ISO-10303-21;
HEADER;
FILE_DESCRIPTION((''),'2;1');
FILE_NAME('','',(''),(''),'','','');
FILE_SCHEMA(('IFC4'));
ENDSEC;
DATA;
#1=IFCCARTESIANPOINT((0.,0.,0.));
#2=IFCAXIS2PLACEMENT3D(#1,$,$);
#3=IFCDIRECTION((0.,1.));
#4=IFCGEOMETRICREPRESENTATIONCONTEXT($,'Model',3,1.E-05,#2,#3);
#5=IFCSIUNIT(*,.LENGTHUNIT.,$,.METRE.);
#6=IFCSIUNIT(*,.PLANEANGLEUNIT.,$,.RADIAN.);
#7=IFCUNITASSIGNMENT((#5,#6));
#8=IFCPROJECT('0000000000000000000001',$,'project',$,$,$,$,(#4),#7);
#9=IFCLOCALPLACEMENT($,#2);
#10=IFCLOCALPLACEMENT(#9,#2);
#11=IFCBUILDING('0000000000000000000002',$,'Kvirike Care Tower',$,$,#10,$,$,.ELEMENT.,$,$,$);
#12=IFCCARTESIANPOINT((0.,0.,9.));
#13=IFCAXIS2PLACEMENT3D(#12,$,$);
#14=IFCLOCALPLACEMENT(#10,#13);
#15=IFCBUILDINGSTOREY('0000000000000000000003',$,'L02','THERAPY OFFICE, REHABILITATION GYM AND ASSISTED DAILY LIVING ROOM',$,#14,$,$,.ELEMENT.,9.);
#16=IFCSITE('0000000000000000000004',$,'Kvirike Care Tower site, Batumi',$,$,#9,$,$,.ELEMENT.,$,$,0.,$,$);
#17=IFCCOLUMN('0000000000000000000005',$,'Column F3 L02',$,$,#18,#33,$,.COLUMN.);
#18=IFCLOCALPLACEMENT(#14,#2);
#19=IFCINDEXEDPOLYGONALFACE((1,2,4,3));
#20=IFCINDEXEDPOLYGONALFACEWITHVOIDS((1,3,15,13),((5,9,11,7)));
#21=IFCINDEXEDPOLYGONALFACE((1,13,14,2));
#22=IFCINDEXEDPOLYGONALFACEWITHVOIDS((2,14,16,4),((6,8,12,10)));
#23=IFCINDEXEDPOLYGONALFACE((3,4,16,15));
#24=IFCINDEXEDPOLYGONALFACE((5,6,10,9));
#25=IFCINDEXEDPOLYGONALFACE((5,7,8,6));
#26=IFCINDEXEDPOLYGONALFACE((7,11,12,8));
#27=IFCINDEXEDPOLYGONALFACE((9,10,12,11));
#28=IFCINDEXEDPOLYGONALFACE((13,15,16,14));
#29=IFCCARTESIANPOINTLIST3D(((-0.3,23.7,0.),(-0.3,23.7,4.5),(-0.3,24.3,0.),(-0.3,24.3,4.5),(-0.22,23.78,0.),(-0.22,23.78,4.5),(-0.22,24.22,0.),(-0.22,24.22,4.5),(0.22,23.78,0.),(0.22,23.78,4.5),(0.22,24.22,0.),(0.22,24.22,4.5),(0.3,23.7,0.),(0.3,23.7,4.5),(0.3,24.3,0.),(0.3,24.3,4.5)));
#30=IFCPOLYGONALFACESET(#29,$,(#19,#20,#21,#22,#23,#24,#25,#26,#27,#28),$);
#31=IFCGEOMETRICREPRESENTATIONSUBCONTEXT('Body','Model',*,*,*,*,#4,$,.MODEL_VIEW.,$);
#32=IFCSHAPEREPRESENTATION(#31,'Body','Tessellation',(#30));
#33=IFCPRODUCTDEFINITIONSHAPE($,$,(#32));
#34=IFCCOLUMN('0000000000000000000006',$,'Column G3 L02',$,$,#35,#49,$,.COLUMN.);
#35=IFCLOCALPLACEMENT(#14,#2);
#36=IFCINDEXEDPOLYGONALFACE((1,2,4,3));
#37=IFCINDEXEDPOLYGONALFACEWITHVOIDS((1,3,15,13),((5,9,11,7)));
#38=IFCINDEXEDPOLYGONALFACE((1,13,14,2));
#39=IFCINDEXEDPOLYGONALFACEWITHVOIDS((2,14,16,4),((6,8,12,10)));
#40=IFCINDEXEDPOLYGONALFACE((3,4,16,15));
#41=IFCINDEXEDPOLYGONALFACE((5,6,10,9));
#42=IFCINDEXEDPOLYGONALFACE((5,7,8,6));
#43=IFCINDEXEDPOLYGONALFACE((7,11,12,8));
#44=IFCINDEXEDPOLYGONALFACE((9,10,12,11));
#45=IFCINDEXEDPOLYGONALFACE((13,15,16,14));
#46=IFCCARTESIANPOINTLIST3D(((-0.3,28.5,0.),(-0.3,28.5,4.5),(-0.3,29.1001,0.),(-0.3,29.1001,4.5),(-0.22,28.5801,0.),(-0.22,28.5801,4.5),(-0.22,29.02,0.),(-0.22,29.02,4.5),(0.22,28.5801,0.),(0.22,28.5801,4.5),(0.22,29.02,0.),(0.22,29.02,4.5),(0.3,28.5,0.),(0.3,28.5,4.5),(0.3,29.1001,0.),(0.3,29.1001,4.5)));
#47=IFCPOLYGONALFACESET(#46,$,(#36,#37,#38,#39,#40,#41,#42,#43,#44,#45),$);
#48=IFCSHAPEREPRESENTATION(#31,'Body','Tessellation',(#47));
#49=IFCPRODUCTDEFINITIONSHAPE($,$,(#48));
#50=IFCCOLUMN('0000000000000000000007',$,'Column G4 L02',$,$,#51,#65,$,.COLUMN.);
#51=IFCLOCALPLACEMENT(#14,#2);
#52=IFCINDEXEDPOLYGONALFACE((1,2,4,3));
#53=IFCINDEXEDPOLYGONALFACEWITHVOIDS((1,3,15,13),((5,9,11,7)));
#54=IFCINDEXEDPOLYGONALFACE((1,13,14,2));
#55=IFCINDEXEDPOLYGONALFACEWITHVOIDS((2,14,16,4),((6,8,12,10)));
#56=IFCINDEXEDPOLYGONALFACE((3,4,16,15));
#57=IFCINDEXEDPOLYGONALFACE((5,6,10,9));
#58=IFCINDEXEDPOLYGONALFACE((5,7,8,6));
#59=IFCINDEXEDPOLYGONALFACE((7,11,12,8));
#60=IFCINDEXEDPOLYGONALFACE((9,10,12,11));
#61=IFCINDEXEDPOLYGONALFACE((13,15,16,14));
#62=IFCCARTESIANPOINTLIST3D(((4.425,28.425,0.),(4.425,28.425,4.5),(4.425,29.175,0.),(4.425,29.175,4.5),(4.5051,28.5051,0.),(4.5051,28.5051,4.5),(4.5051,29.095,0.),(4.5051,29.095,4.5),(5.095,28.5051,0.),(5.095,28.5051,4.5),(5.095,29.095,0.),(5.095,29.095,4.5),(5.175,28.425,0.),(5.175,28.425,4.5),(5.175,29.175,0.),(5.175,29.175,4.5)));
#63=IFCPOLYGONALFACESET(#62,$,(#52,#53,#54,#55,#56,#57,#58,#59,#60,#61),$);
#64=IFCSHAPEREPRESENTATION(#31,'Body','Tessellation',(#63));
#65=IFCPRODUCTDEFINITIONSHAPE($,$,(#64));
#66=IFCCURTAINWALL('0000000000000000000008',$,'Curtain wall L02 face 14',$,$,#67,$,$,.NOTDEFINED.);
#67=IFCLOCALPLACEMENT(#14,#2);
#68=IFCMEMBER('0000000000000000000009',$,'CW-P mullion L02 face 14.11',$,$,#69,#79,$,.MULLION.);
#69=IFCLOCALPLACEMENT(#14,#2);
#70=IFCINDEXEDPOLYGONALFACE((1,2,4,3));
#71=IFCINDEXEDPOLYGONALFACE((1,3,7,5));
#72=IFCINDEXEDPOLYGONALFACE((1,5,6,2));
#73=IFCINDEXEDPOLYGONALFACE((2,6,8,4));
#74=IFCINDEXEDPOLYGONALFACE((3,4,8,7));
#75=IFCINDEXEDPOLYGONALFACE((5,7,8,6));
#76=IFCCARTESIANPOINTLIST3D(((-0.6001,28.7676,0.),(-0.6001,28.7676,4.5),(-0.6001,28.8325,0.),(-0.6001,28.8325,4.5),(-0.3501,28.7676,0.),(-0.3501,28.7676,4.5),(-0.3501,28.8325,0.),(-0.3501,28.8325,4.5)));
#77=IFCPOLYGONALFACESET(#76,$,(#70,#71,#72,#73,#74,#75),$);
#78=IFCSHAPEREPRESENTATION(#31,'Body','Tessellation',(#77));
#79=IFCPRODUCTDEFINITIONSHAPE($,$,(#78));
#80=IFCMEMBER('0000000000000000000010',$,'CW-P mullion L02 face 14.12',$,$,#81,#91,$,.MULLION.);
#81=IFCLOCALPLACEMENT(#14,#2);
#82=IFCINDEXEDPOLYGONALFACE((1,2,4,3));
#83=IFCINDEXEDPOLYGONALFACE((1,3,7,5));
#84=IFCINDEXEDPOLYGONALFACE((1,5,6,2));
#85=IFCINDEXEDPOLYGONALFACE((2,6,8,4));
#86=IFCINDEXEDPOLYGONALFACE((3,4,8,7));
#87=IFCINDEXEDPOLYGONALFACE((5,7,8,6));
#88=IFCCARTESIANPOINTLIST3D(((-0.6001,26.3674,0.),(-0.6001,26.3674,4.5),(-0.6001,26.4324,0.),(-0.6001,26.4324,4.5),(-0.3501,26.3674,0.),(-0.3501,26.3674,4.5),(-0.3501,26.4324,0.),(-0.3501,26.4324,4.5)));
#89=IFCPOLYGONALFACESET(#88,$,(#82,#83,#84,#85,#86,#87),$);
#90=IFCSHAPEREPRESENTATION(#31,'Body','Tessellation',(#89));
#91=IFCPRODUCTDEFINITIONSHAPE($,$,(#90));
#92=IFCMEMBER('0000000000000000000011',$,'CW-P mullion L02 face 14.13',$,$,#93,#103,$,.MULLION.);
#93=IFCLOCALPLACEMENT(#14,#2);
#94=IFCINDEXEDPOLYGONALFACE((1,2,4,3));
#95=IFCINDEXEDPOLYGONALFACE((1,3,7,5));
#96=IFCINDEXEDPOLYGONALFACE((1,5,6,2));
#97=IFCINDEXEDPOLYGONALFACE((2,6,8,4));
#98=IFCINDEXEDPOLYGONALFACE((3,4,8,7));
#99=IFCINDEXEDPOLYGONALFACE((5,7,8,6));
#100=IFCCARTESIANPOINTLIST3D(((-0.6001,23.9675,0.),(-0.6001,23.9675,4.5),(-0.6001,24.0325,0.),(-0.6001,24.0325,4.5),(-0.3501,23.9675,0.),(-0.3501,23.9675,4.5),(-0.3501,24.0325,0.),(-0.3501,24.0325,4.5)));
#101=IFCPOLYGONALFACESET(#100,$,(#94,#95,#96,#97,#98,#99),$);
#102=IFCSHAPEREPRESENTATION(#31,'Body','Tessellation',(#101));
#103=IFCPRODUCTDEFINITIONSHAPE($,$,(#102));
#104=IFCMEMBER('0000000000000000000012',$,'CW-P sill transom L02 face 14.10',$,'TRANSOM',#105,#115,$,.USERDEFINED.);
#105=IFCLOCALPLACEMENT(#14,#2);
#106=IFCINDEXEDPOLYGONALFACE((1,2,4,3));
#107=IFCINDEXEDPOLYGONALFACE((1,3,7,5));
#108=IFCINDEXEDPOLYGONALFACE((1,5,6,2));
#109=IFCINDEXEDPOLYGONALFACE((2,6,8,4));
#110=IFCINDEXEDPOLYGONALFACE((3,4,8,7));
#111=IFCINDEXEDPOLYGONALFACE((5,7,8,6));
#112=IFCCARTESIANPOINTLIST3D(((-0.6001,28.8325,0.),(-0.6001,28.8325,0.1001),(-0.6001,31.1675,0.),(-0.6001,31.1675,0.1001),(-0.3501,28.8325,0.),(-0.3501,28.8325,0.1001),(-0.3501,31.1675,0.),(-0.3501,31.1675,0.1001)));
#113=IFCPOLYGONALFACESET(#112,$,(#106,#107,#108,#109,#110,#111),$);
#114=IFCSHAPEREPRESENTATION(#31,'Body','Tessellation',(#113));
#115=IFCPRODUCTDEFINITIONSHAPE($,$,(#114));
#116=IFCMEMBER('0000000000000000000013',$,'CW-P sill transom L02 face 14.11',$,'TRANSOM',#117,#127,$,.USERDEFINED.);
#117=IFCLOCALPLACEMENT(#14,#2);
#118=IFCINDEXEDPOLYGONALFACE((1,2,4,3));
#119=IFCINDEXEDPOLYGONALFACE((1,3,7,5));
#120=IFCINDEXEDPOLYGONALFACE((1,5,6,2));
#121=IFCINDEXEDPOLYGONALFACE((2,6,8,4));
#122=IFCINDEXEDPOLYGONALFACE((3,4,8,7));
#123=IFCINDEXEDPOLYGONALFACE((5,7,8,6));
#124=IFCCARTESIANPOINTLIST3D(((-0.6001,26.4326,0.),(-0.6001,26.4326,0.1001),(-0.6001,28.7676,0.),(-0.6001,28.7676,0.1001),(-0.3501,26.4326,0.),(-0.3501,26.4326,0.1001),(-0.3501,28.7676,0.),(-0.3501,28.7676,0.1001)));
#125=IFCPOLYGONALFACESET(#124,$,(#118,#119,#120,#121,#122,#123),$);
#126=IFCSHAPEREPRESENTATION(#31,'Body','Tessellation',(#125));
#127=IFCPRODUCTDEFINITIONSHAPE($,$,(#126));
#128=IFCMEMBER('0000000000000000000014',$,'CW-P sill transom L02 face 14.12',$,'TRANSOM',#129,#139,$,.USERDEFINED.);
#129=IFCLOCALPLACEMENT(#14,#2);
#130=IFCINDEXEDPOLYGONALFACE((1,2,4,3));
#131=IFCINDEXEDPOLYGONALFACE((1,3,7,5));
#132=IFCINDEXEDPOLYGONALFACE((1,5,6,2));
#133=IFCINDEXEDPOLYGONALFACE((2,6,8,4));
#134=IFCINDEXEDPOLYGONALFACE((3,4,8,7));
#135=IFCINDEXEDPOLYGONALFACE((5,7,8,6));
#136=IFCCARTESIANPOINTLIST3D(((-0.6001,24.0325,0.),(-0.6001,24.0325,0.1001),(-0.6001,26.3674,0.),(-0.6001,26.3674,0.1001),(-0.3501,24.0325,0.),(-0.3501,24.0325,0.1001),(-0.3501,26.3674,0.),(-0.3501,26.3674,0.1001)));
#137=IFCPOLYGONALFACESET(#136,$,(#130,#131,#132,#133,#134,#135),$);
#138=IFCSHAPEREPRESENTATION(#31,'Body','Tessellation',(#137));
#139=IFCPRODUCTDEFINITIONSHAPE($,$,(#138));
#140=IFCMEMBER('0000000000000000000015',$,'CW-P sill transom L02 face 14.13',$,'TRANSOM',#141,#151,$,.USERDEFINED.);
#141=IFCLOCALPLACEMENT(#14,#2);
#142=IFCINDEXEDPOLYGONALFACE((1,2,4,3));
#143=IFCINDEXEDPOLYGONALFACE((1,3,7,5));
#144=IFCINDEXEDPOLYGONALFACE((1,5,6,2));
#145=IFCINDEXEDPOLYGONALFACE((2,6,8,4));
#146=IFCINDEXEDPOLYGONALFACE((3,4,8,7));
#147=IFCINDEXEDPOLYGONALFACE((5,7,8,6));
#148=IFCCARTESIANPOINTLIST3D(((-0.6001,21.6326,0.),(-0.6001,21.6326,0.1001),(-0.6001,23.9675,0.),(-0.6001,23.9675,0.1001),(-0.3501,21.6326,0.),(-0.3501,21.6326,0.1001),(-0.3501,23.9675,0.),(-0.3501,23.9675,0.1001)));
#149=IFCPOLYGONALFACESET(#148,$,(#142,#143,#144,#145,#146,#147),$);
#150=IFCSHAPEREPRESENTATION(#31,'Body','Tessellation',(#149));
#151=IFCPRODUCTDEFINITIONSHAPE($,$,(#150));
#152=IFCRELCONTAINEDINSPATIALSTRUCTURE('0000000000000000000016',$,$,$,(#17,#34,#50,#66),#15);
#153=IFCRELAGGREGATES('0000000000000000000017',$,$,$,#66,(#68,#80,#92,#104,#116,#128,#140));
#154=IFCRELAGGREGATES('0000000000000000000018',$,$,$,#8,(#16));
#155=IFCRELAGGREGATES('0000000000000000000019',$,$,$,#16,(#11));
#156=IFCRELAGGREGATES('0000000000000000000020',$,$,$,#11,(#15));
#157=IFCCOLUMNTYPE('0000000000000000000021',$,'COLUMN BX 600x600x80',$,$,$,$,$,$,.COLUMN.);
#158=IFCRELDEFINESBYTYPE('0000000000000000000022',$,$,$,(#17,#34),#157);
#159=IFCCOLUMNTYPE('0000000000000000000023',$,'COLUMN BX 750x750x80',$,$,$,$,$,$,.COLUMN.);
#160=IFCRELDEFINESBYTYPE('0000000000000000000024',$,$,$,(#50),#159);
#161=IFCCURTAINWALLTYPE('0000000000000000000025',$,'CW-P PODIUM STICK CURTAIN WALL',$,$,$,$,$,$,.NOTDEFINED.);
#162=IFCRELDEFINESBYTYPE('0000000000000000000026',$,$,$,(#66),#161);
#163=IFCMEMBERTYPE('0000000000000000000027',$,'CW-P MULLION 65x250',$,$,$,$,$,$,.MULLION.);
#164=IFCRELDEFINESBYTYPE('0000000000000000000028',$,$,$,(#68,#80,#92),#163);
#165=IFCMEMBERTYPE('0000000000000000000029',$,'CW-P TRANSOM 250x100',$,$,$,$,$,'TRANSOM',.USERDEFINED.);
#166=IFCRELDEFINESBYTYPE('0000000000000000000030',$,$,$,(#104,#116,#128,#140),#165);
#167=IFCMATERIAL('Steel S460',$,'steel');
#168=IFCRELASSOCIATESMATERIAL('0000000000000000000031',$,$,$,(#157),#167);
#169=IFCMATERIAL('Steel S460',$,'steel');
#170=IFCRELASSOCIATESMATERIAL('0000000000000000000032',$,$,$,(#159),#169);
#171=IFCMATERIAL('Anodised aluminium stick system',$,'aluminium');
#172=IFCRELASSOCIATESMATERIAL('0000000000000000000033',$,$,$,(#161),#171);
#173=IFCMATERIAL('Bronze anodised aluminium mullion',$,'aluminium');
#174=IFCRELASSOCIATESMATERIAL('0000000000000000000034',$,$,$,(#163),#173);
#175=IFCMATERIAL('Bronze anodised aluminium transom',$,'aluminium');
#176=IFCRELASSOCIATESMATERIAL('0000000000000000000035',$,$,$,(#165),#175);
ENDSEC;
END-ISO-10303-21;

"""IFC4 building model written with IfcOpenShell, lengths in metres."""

from ifc_helpers import new_model, si_unit, direction, frame, origin, origin_2d, place, context, subcontext, project, spatial, rectangle, hollow_rectangle, extrude, material, material_profile, profile_set, type_object, element, aggregate, save


model = new_model("IFC4")

# Units and contexts
model_context = context("Model", 3, precision=1e-05, world=origin(), true_north=direction((0.0, 1.0)))
body_context = subcontext(model_context, "Body", "Model", "MODEL_VIEW")
ifc_project = project(units=[si_unit("LENGTHUNIT", "METRE"), si_unit("PLANEANGLEUNIT", "RADIAN")], contexts=[model_context])

# Site, building, storey
site_placement = place(None, origin())
site = spatial("IfcSite", under=ifc_project, at=site_placement, Name="Kvirike Care Tower site, Batumi", CompositionType="ELEMENT", RefElevation=0.0)
building_placement = place(site_placement, origin())
building = spatial("IfcBuilding", under=site, at=building_placement, Name="Kvirike Care Tower", CompositionType="ELEMENT")
storey_placement = place(building_placement, frame((0.0, 0.0, 9.0)))
storey = spatial("IfcBuildingStorey", under=building, at=storey_placement, Name="L02", Description="THERAPY OFFICE, REHABILITATION GYM AND ASSISTED DAILY LIVING ROOM", CompositionType="ELEMENT", Elevation=9.0)

# Columns
ifc_material_1 = material(Name="Steel S460", Category="steel")
ifc_material_profile_1 = material_profile(ifc_material_1, hollow_rectangle(XDim=0.6001, YDim=0.6001, WallThickness=0.0801, at=origin_2d()), Name="BX 600x600x80")
ifc_profile_set_1 = profile_set([ifc_material_profile_1], Name="Steel S460")
column_type_1 = type_object("IfcColumnType", Name="COLUMN BX 600x600x80", PredefinedType="COLUMN", material=ifc_profile_set_1)
for number, where, z_axis, x_axis, name in (
    (1, (0.0, 24.0, 0.0), (0.0, 0.0, 1.0), (1.0, 0.0, 0.0), "Column F3 L02"),
    (2, (0.0, 28.8, 0.0), (0.0, 0.0, 1.0), (0.0, 1.0, 0.0), "Column G3 L02"),
):
    element("IfcColumn", number, at=place(storey_placement, frame(where, z_axis=z_axis, x_axis=x_axis)), inside=storey, type_object=column_type_1, Name=name, PredefinedType="COLUMN", context=body_context, shape_type="SweptSolid", body=[
        extrude(hollow_rectangle(XDim=0.6001, YDim=0.6001, WallThickness=0.0801, at=origin_2d()), origin(), (0.0, 0.0, 1.0), 4.5),
    ])
ifc_material_2 = material(Name="Steel S460", Category="steel")
ifc_material_profile_2 = material_profile(ifc_material_2, hollow_rectangle(XDim=0.75, YDim=0.75, WallThickness=0.0801, at=origin_2d()), Name="BX 750x750x80")
ifc_profile_set_2 = profile_set([ifc_material_profile_2], Name="Steel S460")
column_type_2 = type_object("IfcColumnType", Name="COLUMN BX 750x750x80", PredefinedType="COLUMN", material=ifc_profile_set_2)
column_placement = place(storey_placement, frame((4.8, 28.8, 0.0), z_axis=(0.0, 0.0, 1.0), x_axis=(0.0, 1.0, 0.0)))
element("IfcColumn", 3, at=column_placement, inside=storey, type_object=column_type_2, Name="Column G4 L02", PredefinedType="COLUMN", context=body_context, shape_type="SweptSolid", body=[
    extrude(hollow_rectangle(XDim=0.75, YDim=0.75, WallThickness=0.0801, at=origin_2d()), origin(), (0.0, 0.0, 1.0), 4.5),
])

# Curtain wall, members
ifc_material_3 = material(Name="Anodised aluminium stick system", Category="aluminium")
curtain_wall_type = type_object("IfcCurtainWallType", Name="CW-P PODIUM STICK CURTAIN WALL", PredefinedType="NOTDEFINED", material=ifc_material_3)
curtain_wall_placement = place(storey_placement, origin())
curtain_wall = element("IfcCurtainWall", 4, at=curtain_wall_placement, inside=storey, type_object=curtain_wall_type, Name="Curtain wall L02 face 14", PredefinedType="NOTDEFINED")
ifc_material_4 = material(Name="Bronze anodised aluminium mullion", Category="aluminium")
ifc_material_profile_3 = material_profile(ifc_material_4, rectangle(XDim=0.0649, YDim=0.25, at=origin_2d()), Name="CW-P MULLION 65x250")
ifc_profile_set_3 = profile_set([ifc_material_profile_3], Name="Bronze anodised aluminium mullion")
member_type_1 = type_object("IfcMemberType", Name="CW-P MULLION 65x250", PredefinedType="MULLION", material=ifc_profile_set_3)
member_1_placement = place(storey_placement, frame((-0.4751, 28.8, 0.0), z_axis=(0.0, 0.0, 1.0), x_axis=(0.0, -1.0, 0.0)))
member_1 = element("IfcMember", 5, at=member_1_placement, type_object=member_type_1, Name="CW-P mullion L02 face 14.11", PredefinedType="MULLION", context=body_context, shape_type="SweptSolid", body=[
    extrude(rectangle(XDim=0.0649, YDim=0.25, at=origin_2d()), origin(), (0.0, 0.0, 1.0), 4.5),
])
member_2_placement = place(storey_placement, frame((-0.4751, 26.3999, 0.0), z_axis=(0.0, 0.0, 1.0), x_axis=(0.0, -1.0, 0.0)))
member_2 = element("IfcMember", 6, at=member_2_placement, type_object=member_type_1, Name="CW-P mullion L02 face 14.12", PredefinedType="MULLION", context=body_context, shape_type="SweptSolid", body=[
    extrude(rectangle(XDim=0.0649, YDim=0.25, at=origin_2d()), origin(), (0.0, 0.0, 1.0), 4.5),
])
member_3_placement = place(storey_placement, frame((-0.4751, 24.0, 0.0), z_axis=(0.0, 0.0, 1.0), x_axis=(0.0, -1.0, 0.0)))
member_3 = element("IfcMember", 7, at=member_3_placement, type_object=member_type_1, Name="CW-P mullion L02 face 14.13", PredefinedType="MULLION", context=body_context, shape_type="SweptSolid", body=[
    extrude(rectangle(XDim=0.0649, YDim=0.25, at=origin_2d()), origin(), (0.0, 0.0, 1.0), 4.5),
])
ifc_material_5 = material(Name="Bronze anodised aluminium transom", Category="aluminium")
ifc_material_profile_4 = material_profile(ifc_material_5, rectangle(XDim=0.25, YDim=0.1001, at=origin_2d()), Name="CW-P TRANSOM 250x100")
ifc_profile_set_4 = profile_set([ifc_material_profile_4], Name="Bronze anodised aluminium transom")
member_type_2 = type_object("IfcMemberType", Name="CW-P TRANSOM 250x100", ElementType="TRANSOM", PredefinedType="USERDEFINED", material=ifc_profile_set_4)
member_4_placement = place(storey_placement, frame((-0.4751, 31.1675, 0.05), z_axis=(0.0, -1.0, 0.0), x_axis=(1.0, 0.0, 0.0)))
member_4 = element("IfcMember", 8, at=member_4_placement, type_object=member_type_2, Name="CW-P sill transom L02 face 14.10", ObjectType="TRANSOM", PredefinedType="USERDEFINED", context=body_context, shape_type="SweptSolid", body=[
    extrude(rectangle(XDim=0.25, YDim=0.1001, at=origin_2d()), origin(), (0.0, 0.0, 1.0), 2.335),
])
member_5_placement = place(storey_placement, frame((-0.4751, 28.7676, 0.05), z_axis=(0.0, -1.0, 0.0), x_axis=(1.0, 0.0, 0.0)))
member_5 = element("IfcMember", 9, at=member_5_placement, type_object=member_type_2, Name="CW-P sill transom L02 face 14.11", ObjectType="TRANSOM", PredefinedType="USERDEFINED", context=body_context, shape_type="SweptSolid", body=[
    extrude(rectangle(XDim=0.25, YDim=0.1001, at=origin_2d()), origin(), (0.0, 0.0, 1.0), 2.335),
])
member_6_placement = place(storey_placement, frame((-0.4751, 26.3674, 0.05), z_axis=(0.0, -1.0, 0.0), x_axis=(1.0, 0.0, 0.0)))
member_6 = element("IfcMember", 10, at=member_6_placement, type_object=member_type_2, Name="CW-P sill transom L02 face 14.12", ObjectType="TRANSOM", PredefinedType="USERDEFINED", context=body_context, shape_type="SweptSolid", body=[
    extrude(rectangle(XDim=0.25, YDim=0.1001, at=origin_2d()), origin(), (0.0, 0.0, 1.0), 2.335),
])
member_7_placement = place(storey_placement, frame((-0.4751, 23.9675, 0.05), z_axis=(0.0, -1.0, 0.0), x_axis=(1.0, 0.0, 0.0)))
member_7 = element("IfcMember", 11, at=member_7_placement, type_object=member_type_2, Name="CW-P sill transom L02 face 14.13", ObjectType="TRANSOM", PredefinedType="USERDEFINED", context=body_context, shape_type="SweptSolid", body=[
    extrude(rectangle(XDim=0.25, YDim=0.1001, at=origin_2d()), origin(), (0.0, 0.0, 1.0), 2.335),
])

aggregate(curtain_wall, [member_1, member_2, member_3, member_4, member_5, member_6, member_7])

save(model, "model.ifc")
